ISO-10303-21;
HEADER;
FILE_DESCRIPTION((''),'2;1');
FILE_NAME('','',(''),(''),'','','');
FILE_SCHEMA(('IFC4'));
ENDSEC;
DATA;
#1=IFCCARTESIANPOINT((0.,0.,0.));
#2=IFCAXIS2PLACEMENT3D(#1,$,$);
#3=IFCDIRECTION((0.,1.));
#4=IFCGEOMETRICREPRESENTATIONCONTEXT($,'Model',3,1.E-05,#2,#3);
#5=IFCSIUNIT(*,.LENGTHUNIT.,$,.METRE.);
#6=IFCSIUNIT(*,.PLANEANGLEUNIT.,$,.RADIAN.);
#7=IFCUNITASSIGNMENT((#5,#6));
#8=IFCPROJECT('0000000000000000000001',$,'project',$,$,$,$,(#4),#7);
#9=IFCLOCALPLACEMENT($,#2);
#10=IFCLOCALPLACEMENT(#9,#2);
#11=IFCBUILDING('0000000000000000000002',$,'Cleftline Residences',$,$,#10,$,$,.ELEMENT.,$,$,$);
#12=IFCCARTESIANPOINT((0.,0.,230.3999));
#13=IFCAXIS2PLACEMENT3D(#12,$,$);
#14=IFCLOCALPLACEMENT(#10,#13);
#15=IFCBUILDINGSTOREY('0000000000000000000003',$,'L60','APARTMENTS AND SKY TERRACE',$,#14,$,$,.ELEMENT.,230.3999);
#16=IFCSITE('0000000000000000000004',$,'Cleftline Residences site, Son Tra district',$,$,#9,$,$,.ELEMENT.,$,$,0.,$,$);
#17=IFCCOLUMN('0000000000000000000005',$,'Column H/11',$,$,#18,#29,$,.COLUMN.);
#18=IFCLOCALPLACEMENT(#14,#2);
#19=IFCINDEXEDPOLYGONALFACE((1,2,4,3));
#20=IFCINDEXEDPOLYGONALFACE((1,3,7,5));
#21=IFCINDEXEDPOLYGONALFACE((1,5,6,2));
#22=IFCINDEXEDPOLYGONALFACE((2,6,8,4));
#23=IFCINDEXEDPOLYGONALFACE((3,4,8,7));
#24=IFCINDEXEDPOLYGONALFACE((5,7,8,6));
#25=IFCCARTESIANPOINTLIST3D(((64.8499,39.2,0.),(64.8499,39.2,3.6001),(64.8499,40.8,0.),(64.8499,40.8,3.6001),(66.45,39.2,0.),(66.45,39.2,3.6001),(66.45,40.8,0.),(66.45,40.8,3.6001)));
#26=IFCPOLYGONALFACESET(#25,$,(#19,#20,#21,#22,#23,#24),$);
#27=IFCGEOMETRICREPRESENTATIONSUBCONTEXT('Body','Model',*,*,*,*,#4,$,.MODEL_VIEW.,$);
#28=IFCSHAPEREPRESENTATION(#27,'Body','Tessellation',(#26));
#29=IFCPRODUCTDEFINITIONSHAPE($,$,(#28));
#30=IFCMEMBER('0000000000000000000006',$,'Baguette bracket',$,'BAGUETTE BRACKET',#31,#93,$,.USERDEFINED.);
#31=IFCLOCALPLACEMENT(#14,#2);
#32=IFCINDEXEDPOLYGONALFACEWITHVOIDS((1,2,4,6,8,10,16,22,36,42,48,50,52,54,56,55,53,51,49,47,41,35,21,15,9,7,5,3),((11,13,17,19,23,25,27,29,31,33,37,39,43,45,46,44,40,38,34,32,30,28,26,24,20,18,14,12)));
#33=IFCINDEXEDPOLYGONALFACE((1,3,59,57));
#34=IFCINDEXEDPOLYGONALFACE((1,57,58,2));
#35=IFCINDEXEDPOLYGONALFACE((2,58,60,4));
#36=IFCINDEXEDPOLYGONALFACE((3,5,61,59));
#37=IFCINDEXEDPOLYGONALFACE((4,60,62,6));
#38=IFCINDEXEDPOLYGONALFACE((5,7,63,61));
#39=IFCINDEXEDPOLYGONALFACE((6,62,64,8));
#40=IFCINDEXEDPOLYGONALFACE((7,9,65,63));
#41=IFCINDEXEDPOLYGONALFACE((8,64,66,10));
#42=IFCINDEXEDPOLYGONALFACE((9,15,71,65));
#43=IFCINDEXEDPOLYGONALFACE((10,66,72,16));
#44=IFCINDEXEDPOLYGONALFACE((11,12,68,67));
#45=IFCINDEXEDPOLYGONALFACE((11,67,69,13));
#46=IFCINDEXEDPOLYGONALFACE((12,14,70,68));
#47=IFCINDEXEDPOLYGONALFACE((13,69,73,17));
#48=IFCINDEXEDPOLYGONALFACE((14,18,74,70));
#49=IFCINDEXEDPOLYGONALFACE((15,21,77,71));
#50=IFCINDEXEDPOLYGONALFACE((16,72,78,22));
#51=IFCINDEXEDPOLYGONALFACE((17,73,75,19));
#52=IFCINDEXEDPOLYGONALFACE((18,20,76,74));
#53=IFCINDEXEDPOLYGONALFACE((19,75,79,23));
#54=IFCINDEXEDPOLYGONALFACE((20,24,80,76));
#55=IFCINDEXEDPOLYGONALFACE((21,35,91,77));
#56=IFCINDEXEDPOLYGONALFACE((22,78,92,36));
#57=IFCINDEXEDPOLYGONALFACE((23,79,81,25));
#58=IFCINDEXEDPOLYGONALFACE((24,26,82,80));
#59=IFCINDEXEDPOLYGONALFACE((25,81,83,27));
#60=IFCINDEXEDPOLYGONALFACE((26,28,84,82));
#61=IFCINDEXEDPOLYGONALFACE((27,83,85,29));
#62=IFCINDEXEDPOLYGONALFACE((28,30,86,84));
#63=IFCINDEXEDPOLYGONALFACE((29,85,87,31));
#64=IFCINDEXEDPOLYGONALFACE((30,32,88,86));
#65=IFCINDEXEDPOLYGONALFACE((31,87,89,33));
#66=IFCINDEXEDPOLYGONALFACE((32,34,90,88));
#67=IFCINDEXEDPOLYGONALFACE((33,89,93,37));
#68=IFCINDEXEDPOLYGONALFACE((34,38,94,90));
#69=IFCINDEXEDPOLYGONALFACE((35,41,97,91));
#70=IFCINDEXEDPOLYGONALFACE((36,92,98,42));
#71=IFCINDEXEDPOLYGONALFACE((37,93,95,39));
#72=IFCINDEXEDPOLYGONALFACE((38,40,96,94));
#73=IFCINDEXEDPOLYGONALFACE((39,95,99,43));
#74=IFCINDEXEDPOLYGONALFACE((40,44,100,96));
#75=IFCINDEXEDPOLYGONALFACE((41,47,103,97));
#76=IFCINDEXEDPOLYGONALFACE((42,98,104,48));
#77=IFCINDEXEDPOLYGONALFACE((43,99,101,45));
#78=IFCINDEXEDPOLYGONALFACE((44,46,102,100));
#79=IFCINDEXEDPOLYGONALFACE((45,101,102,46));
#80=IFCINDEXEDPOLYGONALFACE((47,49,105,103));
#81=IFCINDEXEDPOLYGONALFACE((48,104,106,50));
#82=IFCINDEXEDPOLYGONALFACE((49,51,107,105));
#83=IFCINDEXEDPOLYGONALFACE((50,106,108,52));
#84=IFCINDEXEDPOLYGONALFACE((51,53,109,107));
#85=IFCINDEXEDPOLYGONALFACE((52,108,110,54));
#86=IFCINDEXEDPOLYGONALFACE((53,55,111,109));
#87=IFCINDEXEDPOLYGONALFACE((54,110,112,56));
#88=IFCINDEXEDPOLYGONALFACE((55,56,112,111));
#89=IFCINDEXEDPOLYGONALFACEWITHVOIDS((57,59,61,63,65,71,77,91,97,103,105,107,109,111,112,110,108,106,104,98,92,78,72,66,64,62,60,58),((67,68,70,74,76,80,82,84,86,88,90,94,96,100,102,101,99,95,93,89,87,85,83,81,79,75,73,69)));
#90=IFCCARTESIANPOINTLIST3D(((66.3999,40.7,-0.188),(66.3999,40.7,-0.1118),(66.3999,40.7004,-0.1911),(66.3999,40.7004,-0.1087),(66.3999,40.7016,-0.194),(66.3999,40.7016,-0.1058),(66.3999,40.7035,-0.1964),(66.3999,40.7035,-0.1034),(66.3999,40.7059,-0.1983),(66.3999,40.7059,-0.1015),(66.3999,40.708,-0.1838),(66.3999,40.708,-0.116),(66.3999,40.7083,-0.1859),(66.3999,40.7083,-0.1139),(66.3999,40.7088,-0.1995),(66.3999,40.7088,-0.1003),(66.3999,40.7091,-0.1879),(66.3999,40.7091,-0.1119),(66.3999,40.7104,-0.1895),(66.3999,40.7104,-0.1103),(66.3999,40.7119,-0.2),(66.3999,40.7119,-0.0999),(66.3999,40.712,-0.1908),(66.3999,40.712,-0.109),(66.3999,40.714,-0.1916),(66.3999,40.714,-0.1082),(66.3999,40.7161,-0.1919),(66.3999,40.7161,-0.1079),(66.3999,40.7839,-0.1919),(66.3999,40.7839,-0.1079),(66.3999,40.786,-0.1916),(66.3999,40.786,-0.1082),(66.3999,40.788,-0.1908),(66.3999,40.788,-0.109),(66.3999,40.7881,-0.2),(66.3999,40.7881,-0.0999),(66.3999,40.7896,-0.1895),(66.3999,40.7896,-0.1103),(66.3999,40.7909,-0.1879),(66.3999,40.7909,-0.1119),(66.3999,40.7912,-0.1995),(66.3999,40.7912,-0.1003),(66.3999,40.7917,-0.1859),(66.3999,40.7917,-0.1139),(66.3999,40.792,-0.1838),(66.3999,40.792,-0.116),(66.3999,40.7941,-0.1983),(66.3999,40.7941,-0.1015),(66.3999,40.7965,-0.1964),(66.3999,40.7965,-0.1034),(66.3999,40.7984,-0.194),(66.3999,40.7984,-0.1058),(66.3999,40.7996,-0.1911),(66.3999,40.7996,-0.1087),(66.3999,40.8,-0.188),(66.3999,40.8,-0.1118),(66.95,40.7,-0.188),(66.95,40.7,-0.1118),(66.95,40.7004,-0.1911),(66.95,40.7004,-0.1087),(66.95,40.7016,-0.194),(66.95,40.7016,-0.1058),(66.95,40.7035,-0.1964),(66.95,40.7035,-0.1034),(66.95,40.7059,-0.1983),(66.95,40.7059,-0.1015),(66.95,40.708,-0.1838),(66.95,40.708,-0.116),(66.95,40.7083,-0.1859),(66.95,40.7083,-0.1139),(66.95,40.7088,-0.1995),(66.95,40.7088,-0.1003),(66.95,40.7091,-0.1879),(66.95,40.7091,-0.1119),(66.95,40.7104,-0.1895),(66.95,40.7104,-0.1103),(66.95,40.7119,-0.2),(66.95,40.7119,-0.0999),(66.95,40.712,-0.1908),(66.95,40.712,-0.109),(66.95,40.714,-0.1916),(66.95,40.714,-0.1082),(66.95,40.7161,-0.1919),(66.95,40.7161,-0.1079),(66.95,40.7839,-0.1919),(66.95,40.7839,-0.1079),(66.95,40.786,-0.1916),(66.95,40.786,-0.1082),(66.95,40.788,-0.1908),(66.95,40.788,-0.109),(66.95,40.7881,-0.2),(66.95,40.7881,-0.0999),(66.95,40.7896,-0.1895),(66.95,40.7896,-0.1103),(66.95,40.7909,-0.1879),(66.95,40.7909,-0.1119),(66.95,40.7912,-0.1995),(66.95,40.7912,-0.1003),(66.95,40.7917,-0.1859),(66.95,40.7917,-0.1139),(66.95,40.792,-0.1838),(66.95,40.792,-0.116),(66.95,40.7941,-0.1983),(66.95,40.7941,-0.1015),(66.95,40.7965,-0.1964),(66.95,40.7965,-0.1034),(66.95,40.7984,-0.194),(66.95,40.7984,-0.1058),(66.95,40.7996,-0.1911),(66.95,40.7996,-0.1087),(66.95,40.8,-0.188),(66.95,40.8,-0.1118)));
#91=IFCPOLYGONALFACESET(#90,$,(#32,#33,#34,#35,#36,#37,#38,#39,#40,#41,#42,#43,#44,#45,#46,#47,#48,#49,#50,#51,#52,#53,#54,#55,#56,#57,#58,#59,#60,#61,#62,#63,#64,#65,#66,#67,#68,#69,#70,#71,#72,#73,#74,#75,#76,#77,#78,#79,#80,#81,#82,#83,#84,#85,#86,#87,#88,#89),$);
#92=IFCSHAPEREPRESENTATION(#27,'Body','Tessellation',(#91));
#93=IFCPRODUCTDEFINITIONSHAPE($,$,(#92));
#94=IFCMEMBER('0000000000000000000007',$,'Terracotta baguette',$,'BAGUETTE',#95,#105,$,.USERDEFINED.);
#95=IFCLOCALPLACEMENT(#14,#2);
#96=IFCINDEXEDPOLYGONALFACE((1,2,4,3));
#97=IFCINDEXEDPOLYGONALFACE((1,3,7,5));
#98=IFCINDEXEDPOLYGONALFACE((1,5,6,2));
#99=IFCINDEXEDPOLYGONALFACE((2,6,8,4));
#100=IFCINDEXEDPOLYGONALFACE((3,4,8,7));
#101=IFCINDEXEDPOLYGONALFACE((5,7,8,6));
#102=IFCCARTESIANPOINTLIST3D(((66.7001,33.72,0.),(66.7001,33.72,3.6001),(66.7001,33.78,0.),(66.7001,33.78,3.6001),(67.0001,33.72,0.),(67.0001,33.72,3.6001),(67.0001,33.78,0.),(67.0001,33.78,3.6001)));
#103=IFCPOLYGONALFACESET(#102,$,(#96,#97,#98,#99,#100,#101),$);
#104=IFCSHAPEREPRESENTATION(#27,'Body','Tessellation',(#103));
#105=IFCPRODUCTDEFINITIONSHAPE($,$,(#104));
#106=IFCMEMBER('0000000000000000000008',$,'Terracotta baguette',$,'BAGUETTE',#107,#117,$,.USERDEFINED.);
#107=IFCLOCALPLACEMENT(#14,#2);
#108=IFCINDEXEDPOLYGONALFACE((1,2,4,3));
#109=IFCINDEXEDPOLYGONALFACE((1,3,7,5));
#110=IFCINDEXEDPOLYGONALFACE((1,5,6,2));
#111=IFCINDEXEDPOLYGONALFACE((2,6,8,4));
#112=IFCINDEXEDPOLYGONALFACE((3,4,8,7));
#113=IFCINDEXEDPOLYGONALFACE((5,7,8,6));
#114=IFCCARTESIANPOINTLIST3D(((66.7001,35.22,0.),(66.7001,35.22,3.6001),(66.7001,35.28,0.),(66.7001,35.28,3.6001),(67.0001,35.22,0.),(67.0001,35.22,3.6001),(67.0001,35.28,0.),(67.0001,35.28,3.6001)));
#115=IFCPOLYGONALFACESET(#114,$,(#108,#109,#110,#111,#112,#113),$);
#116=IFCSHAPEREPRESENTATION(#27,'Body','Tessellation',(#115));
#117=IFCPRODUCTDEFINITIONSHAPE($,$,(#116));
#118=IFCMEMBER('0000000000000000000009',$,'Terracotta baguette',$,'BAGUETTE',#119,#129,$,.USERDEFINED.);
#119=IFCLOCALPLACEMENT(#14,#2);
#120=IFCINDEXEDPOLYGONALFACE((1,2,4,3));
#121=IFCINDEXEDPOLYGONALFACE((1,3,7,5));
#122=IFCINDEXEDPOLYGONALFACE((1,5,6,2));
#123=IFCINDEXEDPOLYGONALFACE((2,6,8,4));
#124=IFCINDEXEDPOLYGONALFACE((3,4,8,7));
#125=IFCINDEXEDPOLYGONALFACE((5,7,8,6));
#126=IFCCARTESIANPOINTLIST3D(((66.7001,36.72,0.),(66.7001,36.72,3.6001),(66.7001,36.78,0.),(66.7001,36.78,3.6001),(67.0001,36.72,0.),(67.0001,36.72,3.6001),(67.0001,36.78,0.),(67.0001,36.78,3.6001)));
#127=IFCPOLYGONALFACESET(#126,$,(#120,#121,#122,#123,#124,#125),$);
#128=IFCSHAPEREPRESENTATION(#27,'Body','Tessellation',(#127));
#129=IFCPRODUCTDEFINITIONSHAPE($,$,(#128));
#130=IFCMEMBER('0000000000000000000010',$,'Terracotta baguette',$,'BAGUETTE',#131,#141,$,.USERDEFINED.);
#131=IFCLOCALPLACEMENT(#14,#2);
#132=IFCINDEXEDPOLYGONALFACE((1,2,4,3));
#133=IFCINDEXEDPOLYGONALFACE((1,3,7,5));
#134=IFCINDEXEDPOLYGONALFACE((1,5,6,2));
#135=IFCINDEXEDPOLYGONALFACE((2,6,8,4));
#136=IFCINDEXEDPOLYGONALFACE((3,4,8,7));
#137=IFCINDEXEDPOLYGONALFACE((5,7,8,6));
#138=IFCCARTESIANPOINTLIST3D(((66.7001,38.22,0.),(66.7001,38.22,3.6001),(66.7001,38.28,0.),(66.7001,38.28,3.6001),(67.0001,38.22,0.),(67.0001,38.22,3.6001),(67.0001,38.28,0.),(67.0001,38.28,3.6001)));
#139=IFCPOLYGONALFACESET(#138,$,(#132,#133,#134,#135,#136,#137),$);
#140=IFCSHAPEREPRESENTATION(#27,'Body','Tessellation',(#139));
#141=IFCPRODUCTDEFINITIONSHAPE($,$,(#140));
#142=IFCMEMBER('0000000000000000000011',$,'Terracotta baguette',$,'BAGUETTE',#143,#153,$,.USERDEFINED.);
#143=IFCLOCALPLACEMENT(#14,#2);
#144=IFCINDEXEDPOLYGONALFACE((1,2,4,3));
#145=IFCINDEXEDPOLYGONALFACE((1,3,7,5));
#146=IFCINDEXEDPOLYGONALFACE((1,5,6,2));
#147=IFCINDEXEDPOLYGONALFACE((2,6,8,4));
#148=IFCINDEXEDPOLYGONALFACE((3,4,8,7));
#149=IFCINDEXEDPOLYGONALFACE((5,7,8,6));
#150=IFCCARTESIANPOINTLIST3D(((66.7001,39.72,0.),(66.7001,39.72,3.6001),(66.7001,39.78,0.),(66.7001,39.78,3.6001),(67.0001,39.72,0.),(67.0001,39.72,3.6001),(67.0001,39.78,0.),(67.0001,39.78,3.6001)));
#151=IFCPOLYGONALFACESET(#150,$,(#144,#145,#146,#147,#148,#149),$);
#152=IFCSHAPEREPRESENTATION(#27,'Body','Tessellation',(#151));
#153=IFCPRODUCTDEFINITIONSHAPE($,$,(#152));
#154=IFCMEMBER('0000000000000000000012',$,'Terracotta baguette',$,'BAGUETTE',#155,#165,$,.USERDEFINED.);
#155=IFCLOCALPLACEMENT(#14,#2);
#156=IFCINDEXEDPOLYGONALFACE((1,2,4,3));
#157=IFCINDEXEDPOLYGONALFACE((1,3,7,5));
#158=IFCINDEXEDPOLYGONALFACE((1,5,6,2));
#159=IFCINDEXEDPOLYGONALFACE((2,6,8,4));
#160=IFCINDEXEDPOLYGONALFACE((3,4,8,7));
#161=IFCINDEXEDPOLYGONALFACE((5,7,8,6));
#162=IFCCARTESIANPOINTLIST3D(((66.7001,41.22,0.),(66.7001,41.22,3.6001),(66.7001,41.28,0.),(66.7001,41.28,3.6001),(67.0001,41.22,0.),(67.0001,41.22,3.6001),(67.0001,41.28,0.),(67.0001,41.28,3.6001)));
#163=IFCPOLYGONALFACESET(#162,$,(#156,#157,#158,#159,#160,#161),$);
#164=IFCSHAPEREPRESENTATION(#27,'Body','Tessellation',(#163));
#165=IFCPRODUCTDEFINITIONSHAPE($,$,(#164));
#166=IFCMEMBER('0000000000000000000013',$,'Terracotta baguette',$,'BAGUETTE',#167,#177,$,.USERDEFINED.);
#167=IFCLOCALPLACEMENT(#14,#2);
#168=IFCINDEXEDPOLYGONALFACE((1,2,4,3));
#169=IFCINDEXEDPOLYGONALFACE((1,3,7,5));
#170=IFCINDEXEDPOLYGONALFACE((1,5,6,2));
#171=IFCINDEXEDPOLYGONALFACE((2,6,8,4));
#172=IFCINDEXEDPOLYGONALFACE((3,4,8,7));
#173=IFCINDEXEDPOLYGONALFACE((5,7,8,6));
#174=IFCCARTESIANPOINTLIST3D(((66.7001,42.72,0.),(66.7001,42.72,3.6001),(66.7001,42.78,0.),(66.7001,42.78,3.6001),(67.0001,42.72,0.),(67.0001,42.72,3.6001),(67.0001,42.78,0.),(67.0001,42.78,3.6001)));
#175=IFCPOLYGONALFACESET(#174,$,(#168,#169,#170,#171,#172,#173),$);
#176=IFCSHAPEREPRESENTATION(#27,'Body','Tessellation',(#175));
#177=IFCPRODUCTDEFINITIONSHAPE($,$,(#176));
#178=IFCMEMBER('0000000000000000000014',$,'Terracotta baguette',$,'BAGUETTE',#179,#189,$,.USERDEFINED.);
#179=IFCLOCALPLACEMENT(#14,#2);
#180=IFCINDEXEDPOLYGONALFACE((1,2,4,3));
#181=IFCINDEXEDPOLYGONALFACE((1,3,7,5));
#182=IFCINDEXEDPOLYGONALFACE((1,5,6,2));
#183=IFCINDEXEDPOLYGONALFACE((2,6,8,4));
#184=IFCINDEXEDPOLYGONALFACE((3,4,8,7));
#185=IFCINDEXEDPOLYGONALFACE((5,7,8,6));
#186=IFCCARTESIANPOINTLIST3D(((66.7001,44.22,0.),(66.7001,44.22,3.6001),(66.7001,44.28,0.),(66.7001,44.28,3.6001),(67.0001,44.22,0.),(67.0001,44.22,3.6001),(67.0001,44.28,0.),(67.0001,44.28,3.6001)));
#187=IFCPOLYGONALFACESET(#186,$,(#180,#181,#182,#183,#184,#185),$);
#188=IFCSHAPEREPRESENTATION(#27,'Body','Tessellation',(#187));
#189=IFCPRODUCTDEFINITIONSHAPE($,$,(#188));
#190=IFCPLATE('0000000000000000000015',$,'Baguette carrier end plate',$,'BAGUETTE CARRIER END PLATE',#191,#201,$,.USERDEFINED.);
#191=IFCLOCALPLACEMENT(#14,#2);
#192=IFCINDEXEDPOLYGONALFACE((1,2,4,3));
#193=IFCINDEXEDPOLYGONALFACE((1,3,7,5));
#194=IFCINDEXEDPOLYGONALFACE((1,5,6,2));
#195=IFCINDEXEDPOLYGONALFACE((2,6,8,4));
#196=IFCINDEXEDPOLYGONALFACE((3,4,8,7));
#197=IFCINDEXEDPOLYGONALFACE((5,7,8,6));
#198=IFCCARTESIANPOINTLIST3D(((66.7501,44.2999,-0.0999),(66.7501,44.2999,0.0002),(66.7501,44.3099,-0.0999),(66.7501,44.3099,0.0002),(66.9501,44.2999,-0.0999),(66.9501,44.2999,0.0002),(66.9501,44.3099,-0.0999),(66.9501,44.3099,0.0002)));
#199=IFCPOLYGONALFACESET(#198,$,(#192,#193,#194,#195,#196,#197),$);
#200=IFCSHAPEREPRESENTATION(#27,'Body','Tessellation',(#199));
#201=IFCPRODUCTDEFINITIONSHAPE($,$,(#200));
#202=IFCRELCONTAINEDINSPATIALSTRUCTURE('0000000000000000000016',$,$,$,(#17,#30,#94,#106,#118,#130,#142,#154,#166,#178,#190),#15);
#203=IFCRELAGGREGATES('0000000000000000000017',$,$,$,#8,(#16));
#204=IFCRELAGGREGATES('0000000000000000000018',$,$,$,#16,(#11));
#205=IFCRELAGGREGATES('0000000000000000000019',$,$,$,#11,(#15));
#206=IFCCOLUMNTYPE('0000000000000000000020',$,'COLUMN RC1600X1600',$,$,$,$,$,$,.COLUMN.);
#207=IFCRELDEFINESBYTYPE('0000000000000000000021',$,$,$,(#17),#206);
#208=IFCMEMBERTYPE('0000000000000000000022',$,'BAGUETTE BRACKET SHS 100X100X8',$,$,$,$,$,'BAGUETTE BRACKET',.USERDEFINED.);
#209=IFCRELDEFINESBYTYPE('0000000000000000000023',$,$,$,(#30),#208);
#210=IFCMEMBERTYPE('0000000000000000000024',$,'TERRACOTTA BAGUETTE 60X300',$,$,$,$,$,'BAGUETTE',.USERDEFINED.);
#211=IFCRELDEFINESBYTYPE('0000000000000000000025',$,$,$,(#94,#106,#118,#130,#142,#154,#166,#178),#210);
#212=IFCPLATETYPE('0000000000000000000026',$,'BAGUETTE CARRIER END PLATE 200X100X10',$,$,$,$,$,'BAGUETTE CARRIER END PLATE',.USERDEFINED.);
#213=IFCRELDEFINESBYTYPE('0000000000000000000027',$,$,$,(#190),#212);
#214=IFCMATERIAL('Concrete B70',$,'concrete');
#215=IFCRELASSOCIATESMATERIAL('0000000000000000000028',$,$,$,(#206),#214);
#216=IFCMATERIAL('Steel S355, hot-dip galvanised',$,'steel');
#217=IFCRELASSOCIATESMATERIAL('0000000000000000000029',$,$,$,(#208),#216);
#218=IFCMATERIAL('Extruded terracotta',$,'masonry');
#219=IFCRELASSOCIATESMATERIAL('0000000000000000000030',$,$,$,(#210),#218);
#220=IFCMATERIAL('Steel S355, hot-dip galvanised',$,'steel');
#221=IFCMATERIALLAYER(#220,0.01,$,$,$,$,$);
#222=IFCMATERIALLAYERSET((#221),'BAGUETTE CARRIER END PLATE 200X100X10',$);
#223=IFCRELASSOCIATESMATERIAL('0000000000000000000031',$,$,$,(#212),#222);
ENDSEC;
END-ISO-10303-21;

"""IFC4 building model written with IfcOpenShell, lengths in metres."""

from ifc_helpers import new_model, si_unit, direction, frame, origin, origin_2d, place, context, subcontext, project, spatial, rectangle, hollow_rectangle, extrude, material, layer, layer_set, material_profile, profile_set, type_object, element, save


model = new_model("IFC4")

# Units and contexts
model_context = context("Model", 3, precision=1e-05, world=origin(), true_north=direction((0.0, 1.0)))
body_context = subcontext(model_context, "Body", "Model", "MODEL_VIEW")
ifc_project = project(units=[si_unit("LENGTHUNIT", "METRE"), si_unit("PLANEANGLEUNIT", "RADIAN")], contexts=[model_context])

# Site, building, storey
site_placement = place(None, origin())
site = spatial("IfcSite", under=ifc_project, at=site_placement, Name="Cleftline Residences site, Son Tra district", CompositionType="ELEMENT", RefElevation=0.0)
building_placement = place(site_placement, origin())
building = spatial("IfcBuilding", under=site, at=building_placement, Name="Cleftline Residences", CompositionType="ELEMENT")
storey_placement = place(building_placement, frame((0.0, 0.0, 230.3999)))
storey = spatial("IfcBuildingStorey", under=building, at=storey_placement, Name="L60", Description="APARTMENTS AND SKY TERRACE", CompositionType="ELEMENT", Elevation=230.3999)

# Column
ifc_material_1 = material(Name="Concrete B70", Category="concrete")
ifc_material_profile_1 = material_profile(ifc_material_1, rectangle(XDim=1.6001, YDim=1.6001, at=origin_2d()))
ifc_profile_set_1 = profile_set([ifc_material_profile_1], Name="Concrete B70")
column_type = type_object("IfcColumnType", Name="COLUMN RC1600X1600", PredefinedType="COLUMN", material=ifc_profile_set_1)
column_placement = place(storey_placement, frame((65.6499, 40.0, 0.0), z_axis=(0.0, 0.0, 1.0), x_axis=(1.0, 0.0, 0.0)))
element("IfcColumn", 1, at=column_placement, inside=storey, type_object=column_type, Name="Column H/11", PredefinedType="COLUMN", context=body_context, shape_type="SweptSolid", body=[
    extrude(rectangle(XDim=1.6001, YDim=1.6001, at=origin_2d()), origin(), (0.0, 0.0, 1.0), 3.6001),
])

# Members
ifc_material_2 = material(Name="Steel S355, hot-dip galvanised", Category="steel")
ifc_material_profile_2 = material_profile(ifc_material_2, hollow_rectangle(XDim=0.1001, YDim=0.1001, WallThickness=0.0081, InnerFilletRadius=0.0081, OuterFilletRadius=0.012, at=origin_2d()))
ifc_profile_set_2 = profile_set([ifc_material_profile_2], Name="Steel S355, hot-dip galvanised")
member_type_1 = type_object("IfcMemberType", Name="BAGUETTE BRACKET SHS 100X100X8", ElementType="BAGUETTE BRACKET", PredefinedType="USERDEFINED", material=ifc_profile_set_2)
member_placement = place(storey_placement, frame((66.3999, 40.75, -0.1499), z_axis=(1.0, 0.0, 0.0), x_axis=(0.0, 1.0, 0.0)))
element("IfcMember", 2, at=member_placement, inside=storey, type_object=member_type_1, Name="Baguette bracket", ObjectType="BAGUETTE BRACKET", PredefinedType="USERDEFINED", context=body_context, shape_type="SweptSolid", body=[
    extrude(hollow_rectangle(XDim=0.1001, YDim=0.1001, WallThickness=0.0081, InnerFilletRadius=0.0081, OuterFilletRadius=0.012, at=origin_2d()), origin(), (0.0, 0.0, 1.0), 0.55),
])
ifc_material_3 = material(Name="Extruded terracotta", Category="masonry")
ifc_material_profile_3 = material_profile(ifc_material_3, rectangle(XDim=0.0601, YDim=0.3, at=origin_2d()))
ifc_profile_set_3 = profile_set([ifc_material_profile_3], Name="Extruded terracotta")
member_type_2 = type_object("IfcMemberType", Name="TERRACOTTA BAGUETTE 60X300", ElementType="BAGUETTE", PredefinedType="USERDEFINED", material=ifc_profile_set_3)
for number, where, z_axis, x_axis, name in (
    (3, (66.8501, 33.75, 0.0), (0.0, 0.0, 1.0), (0.0, 1.0, 0.0), "Terracotta baguette"),
    (4, (66.8501, 35.25, 0.0), (0.0, 0.0, 1.0), (0.0, 1.0, 0.0), "Terracotta baguette"),
    (5, (66.8501, 36.75, 0.0), (0.0, 0.0, 1.0), (0.0, 1.0, 0.0), "Terracotta baguette"),
    (6, (66.8501, 38.25, 0.0), (0.0, 0.0, 1.0), (0.0, 1.0, 0.0), "Terracotta baguette"),
    (7, (66.8501, 39.75, 0.0), (0.0, 0.0, 1.0), (0.0, 1.0, 0.0), "Terracotta baguette"),
    (8, (66.8501, 41.25, 0.0), (0.0, 0.0, 1.0), (0.0, 1.0, 0.0), "Terracotta baguette"),
    (9, (66.8501, 42.75, 0.0), (0.0, 0.0, 1.0), (0.0, 1.0, 0.0), "Terracotta baguette"),
    (10, (66.8501, 44.25, 0.0), (0.0, 0.0, 1.0), (0.0, 1.0, 0.0), "Terracotta baguette"),
):
    element("IfcMember", number, at=place(storey_placement, frame(where, z_axis=z_axis, x_axis=x_axis)), inside=storey, type_object=member_type_2, Name=name, ObjectType="BAGUETTE", PredefinedType="USERDEFINED", context=body_context, shape_type="SweptSolid", body=[
        extrude(rectangle(XDim=0.0601, YDim=0.3, at=origin_2d()), origin(), (0.0, 0.0, 1.0), 3.6001),
    ])

# Plate
ifc_material_4 = material(Name="Steel S355, hot-dip galvanised", Category="steel")
ifc_layer_1 = layer(ifc_material_4, 0.01)
ifc_layer_set_1 = layer_set([ifc_layer_1], Name="BAGUETTE CARRIER END PLATE 200X100X10")
plate_type = type_object("IfcPlateType", Name="BAGUETTE CARRIER END PLATE 200X100X10", ElementType="BAGUETTE CARRIER END PLATE", PredefinedType="USERDEFINED", material=ifc_layer_set_1)
plate_placement = place(storey_placement, frame((66.8501, 44.3049, -0.0999), z_axis=(0.0, 0.0, 1.0), x_axis=(1.0, 0.0, 0.0)))
element("IfcPlate", 11, at=plate_placement, inside=storey, type_object=plate_type, Name="Baguette carrier end plate", ObjectType="BAGUETTE CARRIER END PLATE", PredefinedType="USERDEFINED", context=body_context, shape_type="SweptSolid", body=[
    extrude(rectangle(XDim=0.2, YDim=0.01, at=origin_2d()), origin(), (0.0, 0.0, 1.0), 0.1001),
])

save(model, "model.ifc")
